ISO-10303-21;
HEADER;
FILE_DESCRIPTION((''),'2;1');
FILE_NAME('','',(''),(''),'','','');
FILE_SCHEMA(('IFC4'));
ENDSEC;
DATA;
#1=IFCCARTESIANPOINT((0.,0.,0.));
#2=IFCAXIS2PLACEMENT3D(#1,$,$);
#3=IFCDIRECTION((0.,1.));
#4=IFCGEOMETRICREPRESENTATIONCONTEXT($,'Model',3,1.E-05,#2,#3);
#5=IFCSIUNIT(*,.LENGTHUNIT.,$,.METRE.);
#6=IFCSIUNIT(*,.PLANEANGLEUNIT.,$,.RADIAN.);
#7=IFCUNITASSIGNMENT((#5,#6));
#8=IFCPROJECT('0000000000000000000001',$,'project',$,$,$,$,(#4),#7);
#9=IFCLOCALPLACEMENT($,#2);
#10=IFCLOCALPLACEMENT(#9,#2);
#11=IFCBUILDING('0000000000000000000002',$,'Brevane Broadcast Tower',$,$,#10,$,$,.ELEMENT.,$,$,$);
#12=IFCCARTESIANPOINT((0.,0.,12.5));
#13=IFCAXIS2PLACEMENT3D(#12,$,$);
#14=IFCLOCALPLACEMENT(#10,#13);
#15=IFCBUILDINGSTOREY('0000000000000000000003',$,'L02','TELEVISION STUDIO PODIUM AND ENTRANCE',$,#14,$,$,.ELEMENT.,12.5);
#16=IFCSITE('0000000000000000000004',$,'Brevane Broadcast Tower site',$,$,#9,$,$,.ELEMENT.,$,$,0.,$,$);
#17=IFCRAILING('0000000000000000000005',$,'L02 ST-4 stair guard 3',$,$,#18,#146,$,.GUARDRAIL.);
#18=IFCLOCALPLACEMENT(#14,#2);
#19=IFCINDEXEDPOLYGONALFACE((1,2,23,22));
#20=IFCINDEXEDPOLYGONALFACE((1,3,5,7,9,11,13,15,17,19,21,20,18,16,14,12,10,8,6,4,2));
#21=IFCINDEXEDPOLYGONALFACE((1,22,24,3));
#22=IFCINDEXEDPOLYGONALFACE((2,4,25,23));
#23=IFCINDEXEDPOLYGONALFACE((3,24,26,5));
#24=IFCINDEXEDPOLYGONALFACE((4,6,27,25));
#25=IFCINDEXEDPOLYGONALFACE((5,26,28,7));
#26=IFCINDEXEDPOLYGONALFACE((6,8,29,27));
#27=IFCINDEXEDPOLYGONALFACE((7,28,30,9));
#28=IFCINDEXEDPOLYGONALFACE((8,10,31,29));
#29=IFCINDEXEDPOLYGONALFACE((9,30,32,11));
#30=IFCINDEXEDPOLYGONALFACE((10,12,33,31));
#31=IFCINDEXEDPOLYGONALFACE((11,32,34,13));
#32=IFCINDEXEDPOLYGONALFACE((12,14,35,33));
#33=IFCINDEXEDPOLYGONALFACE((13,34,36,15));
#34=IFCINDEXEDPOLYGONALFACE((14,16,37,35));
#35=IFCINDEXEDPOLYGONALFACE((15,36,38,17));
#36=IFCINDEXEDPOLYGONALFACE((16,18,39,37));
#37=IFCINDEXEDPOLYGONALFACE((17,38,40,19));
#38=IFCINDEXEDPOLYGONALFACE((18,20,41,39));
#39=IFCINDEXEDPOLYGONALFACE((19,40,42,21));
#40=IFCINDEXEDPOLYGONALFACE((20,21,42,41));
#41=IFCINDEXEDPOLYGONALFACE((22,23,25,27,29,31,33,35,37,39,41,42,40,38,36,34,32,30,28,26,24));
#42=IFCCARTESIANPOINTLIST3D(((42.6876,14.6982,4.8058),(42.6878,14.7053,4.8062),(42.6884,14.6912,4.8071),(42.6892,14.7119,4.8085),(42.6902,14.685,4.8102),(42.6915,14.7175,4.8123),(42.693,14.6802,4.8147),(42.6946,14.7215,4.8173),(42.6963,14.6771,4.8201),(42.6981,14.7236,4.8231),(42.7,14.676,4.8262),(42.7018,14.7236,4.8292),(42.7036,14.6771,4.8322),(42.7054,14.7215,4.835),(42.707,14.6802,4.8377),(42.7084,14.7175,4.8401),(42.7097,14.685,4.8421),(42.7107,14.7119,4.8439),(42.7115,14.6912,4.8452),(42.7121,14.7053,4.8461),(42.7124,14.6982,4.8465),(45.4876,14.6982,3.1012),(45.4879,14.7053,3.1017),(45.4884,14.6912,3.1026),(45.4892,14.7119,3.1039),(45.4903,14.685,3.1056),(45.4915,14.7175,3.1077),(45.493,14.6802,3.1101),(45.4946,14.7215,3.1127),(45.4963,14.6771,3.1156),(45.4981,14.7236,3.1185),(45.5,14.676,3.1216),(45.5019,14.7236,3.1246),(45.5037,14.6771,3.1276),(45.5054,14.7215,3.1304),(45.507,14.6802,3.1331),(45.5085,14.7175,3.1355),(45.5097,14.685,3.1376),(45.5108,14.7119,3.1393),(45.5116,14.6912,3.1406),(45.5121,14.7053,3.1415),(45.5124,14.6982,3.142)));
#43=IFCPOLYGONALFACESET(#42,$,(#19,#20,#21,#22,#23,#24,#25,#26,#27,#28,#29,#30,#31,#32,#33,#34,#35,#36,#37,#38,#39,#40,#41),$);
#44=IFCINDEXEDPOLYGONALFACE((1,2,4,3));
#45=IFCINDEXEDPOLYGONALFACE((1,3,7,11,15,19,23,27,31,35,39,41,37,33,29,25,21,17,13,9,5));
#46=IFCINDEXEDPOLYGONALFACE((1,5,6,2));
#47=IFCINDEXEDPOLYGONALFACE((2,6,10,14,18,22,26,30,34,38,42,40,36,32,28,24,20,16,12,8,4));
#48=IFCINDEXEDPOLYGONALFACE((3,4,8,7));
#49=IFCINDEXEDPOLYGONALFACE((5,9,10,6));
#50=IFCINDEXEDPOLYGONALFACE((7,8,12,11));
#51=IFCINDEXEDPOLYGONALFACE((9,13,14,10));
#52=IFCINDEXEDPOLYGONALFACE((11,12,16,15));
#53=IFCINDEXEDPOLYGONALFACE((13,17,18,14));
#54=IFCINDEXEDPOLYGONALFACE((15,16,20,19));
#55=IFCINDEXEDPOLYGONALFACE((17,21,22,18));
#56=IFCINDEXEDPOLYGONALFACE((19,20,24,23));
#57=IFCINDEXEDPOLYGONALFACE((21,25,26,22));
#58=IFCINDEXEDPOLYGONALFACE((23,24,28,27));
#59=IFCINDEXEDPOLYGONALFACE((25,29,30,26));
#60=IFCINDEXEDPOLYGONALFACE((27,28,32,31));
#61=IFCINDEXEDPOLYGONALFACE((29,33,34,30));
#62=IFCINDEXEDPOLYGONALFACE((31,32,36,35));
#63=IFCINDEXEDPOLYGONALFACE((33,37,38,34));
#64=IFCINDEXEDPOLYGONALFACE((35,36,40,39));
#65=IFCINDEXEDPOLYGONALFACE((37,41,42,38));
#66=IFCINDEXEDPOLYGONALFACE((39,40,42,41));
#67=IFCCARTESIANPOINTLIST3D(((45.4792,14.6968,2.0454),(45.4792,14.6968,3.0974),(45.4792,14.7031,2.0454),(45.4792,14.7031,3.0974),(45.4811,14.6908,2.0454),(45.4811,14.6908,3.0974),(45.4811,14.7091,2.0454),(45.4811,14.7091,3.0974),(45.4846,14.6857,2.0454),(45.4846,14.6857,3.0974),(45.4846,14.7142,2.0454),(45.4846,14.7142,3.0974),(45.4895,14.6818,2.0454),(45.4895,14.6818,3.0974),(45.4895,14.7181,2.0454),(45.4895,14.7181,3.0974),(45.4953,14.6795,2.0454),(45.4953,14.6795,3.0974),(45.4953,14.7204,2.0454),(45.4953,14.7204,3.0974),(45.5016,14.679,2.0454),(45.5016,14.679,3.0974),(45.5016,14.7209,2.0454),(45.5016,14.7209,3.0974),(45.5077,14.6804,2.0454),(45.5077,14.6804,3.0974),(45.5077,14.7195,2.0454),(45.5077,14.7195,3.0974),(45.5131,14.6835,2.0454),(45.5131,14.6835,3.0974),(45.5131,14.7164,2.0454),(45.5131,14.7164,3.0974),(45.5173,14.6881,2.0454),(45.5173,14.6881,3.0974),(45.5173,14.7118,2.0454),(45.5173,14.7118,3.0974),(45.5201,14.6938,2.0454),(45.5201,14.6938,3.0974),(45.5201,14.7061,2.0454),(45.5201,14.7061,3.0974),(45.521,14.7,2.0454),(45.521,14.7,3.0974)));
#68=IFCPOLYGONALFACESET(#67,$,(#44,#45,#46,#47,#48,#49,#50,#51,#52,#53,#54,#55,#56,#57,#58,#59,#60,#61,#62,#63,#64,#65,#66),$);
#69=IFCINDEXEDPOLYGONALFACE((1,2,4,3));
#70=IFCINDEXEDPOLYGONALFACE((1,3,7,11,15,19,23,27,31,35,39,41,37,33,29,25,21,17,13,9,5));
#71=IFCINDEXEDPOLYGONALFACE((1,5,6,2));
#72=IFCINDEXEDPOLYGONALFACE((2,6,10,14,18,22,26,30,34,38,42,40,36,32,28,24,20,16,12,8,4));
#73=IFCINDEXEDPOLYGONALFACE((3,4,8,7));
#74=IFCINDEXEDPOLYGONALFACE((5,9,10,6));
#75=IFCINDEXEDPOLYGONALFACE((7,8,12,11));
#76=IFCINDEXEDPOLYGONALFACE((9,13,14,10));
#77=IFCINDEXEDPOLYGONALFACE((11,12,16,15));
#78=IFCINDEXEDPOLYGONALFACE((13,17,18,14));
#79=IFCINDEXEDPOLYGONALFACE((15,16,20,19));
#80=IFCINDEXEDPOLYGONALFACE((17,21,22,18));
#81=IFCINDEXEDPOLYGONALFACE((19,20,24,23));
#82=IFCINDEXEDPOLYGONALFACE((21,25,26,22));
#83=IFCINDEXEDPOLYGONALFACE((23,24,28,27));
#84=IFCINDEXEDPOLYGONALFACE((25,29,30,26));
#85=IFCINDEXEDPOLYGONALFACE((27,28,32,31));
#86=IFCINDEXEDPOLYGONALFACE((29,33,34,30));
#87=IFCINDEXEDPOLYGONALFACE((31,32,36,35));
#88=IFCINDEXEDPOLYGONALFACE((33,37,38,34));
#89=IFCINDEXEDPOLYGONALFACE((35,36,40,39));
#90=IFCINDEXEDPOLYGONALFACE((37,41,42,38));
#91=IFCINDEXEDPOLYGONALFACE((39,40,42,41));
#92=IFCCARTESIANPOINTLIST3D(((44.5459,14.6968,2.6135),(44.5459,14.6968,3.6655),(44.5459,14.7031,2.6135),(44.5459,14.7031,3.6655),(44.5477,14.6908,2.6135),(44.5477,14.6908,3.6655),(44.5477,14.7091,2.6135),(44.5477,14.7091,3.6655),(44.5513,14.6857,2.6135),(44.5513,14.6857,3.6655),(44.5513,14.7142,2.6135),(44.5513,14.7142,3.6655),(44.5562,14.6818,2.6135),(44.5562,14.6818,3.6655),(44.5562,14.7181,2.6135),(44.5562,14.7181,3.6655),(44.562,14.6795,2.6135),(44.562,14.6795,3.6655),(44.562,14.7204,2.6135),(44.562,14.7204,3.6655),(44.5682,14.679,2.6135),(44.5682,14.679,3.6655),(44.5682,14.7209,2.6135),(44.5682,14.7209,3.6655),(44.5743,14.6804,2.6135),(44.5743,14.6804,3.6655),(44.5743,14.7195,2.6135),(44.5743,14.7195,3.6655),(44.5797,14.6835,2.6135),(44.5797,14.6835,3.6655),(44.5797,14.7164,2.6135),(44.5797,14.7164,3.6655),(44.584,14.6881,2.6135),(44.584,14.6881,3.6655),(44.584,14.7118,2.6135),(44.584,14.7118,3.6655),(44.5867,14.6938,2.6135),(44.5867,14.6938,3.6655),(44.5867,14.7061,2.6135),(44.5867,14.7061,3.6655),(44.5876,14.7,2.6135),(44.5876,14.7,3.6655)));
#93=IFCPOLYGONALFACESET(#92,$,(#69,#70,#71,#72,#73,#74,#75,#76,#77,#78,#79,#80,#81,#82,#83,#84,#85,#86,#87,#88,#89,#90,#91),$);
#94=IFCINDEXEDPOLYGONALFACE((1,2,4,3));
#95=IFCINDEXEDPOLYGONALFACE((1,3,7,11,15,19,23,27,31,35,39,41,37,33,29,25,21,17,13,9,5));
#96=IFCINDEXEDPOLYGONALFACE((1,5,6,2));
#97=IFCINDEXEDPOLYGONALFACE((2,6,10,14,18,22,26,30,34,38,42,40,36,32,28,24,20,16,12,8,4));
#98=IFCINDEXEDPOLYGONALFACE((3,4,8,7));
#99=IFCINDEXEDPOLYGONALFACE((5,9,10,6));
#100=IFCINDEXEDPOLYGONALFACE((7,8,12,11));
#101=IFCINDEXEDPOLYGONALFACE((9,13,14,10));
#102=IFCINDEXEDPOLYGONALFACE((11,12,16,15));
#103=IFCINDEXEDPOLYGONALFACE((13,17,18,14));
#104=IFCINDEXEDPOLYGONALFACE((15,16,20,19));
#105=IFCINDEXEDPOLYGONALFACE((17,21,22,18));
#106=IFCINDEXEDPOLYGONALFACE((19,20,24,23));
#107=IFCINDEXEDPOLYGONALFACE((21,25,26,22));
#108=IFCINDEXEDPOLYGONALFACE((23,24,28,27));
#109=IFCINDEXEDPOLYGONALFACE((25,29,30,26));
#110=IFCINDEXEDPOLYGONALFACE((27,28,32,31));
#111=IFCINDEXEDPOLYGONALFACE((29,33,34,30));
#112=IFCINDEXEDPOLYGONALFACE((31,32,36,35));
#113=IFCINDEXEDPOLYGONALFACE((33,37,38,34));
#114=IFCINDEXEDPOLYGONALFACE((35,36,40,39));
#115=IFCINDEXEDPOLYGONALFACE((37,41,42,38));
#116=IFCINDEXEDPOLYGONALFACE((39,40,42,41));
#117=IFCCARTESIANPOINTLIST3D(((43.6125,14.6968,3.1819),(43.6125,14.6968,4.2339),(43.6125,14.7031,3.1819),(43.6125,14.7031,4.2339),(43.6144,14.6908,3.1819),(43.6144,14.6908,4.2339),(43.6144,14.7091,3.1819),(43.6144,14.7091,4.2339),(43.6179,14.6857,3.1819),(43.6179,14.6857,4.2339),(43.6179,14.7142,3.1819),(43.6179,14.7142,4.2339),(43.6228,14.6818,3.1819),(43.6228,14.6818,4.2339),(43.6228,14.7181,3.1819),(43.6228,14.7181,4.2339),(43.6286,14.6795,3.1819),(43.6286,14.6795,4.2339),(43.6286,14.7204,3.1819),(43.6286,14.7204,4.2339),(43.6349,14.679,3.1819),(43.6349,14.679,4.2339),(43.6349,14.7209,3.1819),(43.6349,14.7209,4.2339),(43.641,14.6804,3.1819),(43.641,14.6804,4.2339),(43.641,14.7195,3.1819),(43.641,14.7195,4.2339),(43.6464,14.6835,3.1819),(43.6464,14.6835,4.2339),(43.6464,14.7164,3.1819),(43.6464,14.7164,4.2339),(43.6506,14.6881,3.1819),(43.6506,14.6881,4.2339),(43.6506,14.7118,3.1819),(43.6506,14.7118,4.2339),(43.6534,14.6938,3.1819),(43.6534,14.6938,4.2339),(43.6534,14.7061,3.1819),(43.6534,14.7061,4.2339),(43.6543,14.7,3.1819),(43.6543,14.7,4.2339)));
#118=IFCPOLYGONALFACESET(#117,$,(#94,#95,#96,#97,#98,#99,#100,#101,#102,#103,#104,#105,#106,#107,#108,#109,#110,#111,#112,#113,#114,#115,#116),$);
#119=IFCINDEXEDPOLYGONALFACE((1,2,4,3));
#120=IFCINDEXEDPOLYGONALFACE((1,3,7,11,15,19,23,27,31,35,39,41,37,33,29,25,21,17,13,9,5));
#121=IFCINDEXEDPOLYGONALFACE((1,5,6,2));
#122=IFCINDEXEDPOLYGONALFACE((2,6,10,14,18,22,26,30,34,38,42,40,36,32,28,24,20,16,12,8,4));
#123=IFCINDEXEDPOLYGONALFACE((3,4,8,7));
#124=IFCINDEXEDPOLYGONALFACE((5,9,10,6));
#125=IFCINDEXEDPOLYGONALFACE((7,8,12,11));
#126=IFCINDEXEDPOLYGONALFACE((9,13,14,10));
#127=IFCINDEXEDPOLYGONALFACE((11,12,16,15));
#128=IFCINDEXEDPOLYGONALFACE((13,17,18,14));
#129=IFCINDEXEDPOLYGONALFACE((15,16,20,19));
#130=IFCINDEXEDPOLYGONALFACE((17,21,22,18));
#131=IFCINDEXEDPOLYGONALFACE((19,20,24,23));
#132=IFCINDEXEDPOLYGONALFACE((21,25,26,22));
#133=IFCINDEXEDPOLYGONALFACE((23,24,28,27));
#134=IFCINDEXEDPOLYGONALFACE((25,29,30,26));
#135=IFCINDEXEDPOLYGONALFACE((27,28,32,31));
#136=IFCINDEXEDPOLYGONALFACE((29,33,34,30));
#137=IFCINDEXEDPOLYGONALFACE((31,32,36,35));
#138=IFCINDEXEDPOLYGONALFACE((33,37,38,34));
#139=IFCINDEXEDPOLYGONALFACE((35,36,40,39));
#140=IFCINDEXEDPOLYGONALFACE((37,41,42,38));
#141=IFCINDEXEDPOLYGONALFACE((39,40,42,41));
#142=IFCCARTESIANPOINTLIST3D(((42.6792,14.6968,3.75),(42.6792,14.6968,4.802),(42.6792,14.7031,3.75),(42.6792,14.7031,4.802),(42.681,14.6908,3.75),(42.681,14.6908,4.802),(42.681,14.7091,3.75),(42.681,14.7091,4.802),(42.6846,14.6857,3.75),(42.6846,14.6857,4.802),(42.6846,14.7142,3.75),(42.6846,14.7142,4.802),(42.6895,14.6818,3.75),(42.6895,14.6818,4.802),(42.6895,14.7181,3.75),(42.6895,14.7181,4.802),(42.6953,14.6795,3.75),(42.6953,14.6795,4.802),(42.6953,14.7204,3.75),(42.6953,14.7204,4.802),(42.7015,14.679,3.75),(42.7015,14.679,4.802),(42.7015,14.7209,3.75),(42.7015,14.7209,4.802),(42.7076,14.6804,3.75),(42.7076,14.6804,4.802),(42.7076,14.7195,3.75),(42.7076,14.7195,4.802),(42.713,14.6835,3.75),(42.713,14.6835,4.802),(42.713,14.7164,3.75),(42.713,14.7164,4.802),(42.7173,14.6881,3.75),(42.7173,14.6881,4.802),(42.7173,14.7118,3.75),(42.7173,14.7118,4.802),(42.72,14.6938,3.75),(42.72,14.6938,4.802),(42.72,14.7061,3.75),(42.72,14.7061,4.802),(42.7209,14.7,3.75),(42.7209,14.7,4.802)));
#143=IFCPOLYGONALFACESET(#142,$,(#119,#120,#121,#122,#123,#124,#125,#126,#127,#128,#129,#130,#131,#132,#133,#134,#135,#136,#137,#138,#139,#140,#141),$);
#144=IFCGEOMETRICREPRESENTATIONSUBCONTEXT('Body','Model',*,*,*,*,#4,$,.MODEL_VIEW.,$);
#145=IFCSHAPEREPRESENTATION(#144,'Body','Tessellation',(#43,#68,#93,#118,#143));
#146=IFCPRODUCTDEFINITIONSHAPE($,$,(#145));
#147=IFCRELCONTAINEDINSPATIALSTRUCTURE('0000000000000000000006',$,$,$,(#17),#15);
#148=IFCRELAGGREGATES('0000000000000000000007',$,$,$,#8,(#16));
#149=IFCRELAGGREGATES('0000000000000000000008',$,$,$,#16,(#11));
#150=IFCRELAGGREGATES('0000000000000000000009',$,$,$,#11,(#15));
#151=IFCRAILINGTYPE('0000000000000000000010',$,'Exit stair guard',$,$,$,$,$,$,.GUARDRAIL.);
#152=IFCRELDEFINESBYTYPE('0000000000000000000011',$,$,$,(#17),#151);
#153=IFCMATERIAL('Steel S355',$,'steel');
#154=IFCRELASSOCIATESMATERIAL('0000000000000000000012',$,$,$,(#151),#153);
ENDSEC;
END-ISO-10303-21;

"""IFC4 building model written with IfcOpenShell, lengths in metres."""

from ifc_helpers import new_model, si_unit, direction, frame, origin, origin_2d, place, context, subcontext, project, spatial, circle, extrude, material, type_object, element, save


model = new_model("IFC4")

# Units and contexts
model_context = context("Model", 3, precision=1e-05, world=origin(), true_north=direction((0.0, 1.0)))
body_context = subcontext(model_context, "Body", "Model", "MODEL_VIEW")
ifc_project = project(units=[si_unit("LENGTHUNIT", "METRE"), si_unit("PLANEANGLEUNIT", "RADIAN")], contexts=[model_context])

# Site, building, storey
site_placement = place(None, origin())
site = spatial("IfcSite", under=ifc_project, at=site_placement, Name="Brevane Broadcast Tower site", CompositionType="ELEMENT", RefElevation=0.0)
building_placement = place(site_placement, origin())
building = spatial("IfcBuilding", under=site, at=building_placement, Name="Brevane Broadcast Tower", CompositionType="ELEMENT")
storey_placement = place(building_placement, frame((0.0, 0.0, 12.5)))
storey = spatial("IfcBuildingStorey", under=building, at=storey_placement, Name="L02", Description="TELEVISION STUDIO PODIUM AND ENTRANCE", CompositionType="ELEMENT", Elevation=12.5)

# Railing
ifc_material_1 = material(Name="Steel S355", Category="steel")
railing_type_1 = type_object("IfcRailingType", Name="Exit stair guard", PredefinedType="GUARDRAIL", material=ifc_material_1)
railing_1_placement = place(storey_placement, frame((45.5, 14.7, 2.0454)))
element("IfcRailing", 1, at=railing_1_placement, inside=storey, type_object=railing_type_1, Name="L02 ST-4 stair guard 3", PredefinedType="GUARDRAIL", context=body_context, shape_type="SweptSolid", body=[
    extrude(circle(Radius=0.0239, at=origin_2d()), frame((0.0, 0.0, 1.0762), z_axis=(-0.85417, 0.0, 0.519994), x_axis=(0.0, -1.0, 0.0)), (0.0, 0.0, 1.0), 3.2781),
    extrude(circle(Radius=0.021, at=origin_2d()), origin(), (0.0, 0.0, 1.0), 1.052),
    extrude(circle(Radius=0.021, at=origin_2d()), frame((-0.9333, 0.0, 0.5681)), (0.0, 0.0, 1.0), 1.052),
    extrude(circle(Radius=0.021, at=origin_2d()), frame((-1.8667, 0.0, 1.1365)), (0.0, 0.0, 1.0), 1.052),
    extrude(circle(Radius=0.021, at=origin_2d()), frame((-2.8, 0.0, 1.7046)), (0.0, 0.0, 1.0), 1.052),
])

save(model, "model.ifc")
